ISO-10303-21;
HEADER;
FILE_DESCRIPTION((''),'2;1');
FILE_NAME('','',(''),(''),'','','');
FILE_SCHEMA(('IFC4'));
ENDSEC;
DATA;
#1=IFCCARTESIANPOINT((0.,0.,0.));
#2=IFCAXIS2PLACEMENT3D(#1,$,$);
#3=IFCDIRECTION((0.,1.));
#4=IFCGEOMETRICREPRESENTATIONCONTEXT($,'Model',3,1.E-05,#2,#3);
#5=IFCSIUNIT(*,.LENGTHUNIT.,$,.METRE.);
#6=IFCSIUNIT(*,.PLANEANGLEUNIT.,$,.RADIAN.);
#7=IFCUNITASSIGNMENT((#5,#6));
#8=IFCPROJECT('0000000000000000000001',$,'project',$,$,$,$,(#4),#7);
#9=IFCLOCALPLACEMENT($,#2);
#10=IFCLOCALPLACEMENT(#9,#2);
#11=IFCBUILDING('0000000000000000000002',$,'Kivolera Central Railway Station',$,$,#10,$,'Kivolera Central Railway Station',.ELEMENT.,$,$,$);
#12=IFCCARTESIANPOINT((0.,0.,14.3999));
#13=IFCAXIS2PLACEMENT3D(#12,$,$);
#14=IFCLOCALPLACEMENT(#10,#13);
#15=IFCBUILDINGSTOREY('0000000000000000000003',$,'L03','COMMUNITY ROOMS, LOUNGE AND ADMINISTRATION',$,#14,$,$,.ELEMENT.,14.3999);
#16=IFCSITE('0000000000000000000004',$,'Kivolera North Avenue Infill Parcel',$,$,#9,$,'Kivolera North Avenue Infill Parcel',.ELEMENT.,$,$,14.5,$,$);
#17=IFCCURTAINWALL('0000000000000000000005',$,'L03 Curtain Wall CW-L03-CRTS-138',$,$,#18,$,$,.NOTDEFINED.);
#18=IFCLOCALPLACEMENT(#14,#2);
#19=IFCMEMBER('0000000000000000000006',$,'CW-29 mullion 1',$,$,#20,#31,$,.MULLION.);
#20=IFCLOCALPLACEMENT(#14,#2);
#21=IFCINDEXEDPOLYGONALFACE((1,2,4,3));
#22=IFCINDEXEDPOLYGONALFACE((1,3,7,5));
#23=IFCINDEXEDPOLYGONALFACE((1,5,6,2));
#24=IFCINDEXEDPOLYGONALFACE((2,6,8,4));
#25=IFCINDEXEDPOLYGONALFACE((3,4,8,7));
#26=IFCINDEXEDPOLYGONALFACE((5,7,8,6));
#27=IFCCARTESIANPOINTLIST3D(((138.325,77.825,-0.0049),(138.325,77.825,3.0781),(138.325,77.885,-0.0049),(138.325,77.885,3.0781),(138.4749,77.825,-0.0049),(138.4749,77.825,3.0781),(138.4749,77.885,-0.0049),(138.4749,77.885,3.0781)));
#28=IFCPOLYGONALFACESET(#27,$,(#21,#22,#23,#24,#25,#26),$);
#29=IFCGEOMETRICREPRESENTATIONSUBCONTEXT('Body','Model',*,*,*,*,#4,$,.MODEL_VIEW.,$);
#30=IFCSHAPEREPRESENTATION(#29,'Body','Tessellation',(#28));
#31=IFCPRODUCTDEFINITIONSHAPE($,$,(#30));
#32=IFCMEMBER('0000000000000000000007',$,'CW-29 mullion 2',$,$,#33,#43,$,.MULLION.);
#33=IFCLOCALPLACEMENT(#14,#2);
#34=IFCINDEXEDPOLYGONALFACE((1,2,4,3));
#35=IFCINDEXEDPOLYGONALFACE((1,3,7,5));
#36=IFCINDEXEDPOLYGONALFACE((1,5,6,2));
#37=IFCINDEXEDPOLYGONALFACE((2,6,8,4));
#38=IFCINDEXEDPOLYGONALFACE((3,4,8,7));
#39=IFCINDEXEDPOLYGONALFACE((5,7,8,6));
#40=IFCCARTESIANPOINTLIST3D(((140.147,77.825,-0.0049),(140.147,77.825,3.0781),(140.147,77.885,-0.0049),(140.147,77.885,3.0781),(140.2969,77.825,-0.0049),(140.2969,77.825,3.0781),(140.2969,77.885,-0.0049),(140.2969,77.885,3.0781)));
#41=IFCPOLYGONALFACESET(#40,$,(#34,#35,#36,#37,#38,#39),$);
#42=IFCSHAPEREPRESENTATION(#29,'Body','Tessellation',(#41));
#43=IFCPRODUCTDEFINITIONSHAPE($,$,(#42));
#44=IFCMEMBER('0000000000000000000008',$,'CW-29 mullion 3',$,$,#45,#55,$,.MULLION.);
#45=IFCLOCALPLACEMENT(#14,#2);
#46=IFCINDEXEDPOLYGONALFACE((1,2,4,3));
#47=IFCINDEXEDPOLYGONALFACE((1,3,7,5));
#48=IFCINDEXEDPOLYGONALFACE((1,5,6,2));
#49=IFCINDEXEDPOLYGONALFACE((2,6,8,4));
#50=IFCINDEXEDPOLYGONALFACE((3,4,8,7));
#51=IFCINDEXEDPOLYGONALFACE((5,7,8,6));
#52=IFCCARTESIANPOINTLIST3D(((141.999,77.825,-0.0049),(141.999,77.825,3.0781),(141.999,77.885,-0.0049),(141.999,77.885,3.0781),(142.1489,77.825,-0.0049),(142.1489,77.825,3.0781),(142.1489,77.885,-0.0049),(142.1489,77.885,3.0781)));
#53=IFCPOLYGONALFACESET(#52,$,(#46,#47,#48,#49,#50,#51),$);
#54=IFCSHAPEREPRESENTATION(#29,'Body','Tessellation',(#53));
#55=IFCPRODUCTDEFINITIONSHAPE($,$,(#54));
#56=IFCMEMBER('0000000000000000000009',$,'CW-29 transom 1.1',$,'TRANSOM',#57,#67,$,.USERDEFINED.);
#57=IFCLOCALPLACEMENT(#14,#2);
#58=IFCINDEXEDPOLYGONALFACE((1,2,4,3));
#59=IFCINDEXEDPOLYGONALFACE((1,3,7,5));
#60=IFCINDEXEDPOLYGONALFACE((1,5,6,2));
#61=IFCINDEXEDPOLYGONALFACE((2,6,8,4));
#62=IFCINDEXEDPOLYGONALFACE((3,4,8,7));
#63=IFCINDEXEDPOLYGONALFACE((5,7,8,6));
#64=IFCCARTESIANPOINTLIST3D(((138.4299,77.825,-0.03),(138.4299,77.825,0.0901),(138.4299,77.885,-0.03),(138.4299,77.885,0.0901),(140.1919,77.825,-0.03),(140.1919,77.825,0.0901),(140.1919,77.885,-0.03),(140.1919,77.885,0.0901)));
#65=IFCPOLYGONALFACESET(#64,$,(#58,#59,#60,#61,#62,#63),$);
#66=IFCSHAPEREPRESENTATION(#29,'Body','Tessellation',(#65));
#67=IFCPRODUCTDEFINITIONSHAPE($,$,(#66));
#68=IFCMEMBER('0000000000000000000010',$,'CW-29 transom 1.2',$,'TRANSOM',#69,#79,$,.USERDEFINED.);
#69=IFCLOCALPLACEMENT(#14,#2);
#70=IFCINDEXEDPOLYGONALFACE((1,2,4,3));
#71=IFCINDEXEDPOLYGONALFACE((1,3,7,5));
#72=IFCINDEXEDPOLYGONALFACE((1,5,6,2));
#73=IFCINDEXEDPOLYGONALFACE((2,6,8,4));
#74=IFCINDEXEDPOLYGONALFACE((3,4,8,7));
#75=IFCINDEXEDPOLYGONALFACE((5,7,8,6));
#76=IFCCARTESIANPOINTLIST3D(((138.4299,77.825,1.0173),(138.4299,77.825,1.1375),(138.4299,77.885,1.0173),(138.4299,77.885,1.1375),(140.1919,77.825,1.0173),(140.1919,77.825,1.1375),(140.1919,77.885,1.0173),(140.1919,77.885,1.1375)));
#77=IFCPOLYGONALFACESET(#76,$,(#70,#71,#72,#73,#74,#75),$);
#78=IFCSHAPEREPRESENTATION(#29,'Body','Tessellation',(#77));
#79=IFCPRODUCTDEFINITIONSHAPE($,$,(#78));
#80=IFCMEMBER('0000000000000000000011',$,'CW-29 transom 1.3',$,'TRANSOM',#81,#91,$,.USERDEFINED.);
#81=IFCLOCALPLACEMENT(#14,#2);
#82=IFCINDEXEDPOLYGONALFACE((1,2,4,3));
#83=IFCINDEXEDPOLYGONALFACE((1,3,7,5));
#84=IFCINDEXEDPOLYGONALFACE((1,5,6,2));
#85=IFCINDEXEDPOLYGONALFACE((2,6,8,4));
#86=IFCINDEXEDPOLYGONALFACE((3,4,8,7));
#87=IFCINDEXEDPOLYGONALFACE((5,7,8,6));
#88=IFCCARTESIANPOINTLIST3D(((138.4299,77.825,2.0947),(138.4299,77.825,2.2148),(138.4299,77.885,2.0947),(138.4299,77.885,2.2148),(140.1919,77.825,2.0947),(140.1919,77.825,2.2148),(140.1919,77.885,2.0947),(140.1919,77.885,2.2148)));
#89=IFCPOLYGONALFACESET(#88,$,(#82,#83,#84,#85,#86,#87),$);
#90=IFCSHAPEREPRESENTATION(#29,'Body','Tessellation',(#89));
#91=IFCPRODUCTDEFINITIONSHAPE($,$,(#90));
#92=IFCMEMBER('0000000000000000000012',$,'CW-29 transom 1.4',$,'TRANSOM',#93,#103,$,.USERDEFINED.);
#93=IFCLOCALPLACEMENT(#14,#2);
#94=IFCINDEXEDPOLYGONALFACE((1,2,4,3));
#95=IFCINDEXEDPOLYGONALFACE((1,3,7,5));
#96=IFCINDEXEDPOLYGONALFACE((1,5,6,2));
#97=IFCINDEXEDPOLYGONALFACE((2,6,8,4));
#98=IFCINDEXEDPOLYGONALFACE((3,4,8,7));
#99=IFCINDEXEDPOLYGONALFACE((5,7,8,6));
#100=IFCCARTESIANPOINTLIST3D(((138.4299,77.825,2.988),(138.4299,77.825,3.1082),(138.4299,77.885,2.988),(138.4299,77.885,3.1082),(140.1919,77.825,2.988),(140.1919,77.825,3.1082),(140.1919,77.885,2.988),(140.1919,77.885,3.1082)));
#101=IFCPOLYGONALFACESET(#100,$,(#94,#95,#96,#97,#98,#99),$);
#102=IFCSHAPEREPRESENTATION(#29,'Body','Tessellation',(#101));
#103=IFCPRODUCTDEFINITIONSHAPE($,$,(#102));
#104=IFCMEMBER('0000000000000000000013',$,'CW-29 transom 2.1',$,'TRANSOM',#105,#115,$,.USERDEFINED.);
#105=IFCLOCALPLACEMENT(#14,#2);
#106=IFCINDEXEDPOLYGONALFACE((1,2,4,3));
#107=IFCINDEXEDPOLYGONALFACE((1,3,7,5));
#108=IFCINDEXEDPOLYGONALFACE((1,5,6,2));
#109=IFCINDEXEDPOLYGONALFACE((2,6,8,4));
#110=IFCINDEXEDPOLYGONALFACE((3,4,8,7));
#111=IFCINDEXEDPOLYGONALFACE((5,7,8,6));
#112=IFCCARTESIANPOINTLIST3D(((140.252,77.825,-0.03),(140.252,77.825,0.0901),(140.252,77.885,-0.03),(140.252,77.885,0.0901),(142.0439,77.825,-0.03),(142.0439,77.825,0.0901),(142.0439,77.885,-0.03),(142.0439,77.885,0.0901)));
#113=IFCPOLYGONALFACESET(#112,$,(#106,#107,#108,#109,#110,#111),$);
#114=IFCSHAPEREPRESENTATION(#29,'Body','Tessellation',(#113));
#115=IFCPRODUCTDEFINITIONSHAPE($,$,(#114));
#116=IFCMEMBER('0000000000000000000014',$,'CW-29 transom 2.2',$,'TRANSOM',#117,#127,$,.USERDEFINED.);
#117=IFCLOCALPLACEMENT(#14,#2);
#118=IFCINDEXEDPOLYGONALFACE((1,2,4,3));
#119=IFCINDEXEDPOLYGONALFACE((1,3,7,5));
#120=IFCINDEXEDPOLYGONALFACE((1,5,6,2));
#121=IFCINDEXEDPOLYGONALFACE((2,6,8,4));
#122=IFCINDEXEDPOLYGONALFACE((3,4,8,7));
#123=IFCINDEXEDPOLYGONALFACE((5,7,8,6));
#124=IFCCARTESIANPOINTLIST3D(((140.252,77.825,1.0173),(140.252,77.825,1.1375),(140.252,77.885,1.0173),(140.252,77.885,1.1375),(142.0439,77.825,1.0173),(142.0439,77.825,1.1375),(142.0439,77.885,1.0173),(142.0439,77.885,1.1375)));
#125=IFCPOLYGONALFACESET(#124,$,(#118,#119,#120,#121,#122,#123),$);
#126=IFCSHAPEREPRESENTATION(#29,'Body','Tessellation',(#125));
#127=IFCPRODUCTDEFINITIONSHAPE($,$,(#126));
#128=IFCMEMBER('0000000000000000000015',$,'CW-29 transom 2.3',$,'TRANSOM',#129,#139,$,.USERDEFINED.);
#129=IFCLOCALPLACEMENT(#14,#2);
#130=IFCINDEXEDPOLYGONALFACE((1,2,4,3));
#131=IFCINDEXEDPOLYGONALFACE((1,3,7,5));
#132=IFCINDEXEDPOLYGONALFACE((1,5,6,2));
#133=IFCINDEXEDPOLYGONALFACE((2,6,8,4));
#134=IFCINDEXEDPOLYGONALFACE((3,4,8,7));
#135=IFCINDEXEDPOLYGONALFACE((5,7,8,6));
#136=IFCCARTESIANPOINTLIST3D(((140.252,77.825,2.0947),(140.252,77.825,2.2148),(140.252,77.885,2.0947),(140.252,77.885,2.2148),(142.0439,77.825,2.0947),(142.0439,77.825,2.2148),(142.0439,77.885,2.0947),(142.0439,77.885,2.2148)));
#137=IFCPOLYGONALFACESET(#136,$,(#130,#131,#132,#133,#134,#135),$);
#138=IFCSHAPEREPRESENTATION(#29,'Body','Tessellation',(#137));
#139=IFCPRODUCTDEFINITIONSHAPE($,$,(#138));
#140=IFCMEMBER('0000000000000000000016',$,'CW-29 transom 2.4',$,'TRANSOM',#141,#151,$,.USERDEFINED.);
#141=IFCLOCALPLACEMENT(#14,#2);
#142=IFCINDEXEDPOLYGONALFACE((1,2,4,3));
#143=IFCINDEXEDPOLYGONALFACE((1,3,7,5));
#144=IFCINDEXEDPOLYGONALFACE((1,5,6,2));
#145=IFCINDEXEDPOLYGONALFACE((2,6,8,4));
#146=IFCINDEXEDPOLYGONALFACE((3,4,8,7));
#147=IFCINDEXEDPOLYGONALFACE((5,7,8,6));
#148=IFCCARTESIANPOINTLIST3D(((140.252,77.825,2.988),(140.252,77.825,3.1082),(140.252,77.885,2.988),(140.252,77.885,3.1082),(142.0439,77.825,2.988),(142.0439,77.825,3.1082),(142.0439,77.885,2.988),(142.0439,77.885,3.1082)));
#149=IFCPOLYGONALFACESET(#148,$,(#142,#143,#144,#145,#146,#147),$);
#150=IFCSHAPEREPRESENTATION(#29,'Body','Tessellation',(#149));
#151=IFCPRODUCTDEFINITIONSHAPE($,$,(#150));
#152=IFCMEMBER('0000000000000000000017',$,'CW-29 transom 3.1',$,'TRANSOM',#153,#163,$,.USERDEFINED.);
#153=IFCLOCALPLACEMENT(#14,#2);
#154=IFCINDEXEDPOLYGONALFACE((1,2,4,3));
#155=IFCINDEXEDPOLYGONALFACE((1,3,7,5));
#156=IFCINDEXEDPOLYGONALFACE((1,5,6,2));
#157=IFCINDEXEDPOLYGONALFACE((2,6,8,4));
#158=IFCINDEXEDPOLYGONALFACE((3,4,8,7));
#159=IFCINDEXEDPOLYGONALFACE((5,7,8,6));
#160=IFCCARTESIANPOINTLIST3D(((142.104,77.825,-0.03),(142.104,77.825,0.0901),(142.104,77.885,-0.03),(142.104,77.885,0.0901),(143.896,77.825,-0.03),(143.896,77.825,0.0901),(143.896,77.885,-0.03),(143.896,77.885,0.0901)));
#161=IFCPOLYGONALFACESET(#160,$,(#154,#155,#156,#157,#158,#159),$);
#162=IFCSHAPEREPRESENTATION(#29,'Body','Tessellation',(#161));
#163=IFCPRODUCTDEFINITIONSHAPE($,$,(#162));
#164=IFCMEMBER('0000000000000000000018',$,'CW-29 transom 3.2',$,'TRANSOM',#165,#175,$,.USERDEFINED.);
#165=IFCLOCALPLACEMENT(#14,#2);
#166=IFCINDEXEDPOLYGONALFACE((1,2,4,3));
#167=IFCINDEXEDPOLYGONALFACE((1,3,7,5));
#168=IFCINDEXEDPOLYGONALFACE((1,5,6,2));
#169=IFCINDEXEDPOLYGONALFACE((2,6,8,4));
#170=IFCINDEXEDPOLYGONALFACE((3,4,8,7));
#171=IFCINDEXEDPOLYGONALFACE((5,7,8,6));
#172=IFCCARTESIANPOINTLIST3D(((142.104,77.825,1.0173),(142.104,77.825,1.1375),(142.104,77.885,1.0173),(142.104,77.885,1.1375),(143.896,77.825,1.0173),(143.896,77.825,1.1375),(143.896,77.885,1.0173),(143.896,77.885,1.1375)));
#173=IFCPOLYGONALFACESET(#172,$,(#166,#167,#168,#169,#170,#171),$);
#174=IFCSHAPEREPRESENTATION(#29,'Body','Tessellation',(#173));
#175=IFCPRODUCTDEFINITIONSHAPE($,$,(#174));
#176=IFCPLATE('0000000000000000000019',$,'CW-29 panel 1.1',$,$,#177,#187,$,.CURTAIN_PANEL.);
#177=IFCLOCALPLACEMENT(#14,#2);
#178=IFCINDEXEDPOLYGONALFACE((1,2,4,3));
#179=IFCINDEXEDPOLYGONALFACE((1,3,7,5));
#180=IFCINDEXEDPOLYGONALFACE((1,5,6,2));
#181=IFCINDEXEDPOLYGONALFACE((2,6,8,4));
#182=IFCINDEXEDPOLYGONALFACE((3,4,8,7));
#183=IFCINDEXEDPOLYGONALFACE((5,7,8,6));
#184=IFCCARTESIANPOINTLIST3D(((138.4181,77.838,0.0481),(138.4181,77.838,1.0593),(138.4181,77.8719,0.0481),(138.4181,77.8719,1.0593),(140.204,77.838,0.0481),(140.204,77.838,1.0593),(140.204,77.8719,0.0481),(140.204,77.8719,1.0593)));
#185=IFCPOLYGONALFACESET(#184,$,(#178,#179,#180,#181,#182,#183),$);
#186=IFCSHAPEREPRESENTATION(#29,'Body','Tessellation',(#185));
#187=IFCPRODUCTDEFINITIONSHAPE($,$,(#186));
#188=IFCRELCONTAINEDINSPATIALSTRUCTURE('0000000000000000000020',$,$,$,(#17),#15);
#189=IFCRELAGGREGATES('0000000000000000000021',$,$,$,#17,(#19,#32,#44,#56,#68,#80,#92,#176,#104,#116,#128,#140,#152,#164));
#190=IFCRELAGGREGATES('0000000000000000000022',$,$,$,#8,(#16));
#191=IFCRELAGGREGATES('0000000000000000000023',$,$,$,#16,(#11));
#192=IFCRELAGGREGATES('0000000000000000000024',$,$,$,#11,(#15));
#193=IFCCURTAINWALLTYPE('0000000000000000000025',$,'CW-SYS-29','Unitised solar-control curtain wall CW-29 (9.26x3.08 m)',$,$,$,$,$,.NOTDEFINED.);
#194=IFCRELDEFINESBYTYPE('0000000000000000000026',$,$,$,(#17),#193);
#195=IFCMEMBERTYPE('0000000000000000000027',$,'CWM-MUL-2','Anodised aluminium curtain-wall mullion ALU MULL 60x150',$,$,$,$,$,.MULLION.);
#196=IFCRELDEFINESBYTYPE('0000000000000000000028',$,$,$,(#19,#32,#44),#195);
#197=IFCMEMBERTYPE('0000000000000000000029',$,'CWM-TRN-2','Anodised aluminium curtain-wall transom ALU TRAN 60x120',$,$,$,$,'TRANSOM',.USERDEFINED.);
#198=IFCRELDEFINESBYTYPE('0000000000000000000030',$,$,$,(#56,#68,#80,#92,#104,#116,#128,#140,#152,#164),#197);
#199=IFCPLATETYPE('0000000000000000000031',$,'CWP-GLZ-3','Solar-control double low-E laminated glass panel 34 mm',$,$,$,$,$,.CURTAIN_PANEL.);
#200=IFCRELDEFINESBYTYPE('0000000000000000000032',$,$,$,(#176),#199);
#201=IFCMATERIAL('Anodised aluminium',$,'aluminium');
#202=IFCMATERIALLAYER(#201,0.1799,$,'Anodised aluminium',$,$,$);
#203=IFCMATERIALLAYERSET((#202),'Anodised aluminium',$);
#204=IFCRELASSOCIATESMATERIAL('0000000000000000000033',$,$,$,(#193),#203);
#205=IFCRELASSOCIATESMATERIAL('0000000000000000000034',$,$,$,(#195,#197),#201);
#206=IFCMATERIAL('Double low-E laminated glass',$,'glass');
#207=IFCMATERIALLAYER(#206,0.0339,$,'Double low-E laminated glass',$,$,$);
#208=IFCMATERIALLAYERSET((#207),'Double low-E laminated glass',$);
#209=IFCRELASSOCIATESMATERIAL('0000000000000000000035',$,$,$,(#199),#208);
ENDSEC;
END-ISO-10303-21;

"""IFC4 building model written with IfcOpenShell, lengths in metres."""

from ifc_helpers import new_model, si_unit, direction, frame, origin, origin_2d, place, context, subcontext, project, spatial, rectangle, extrude, material, layer, layer_set, material_profile, profile_set, type_object, element, aggregate, save


model = new_model("IFC4")

# Units and contexts
model_context = context("Model", 3, precision=1e-05, world=origin(), true_north=direction((0.0, 1.0)))
body_context = subcontext(model_context, "Body", "Model", "MODEL_VIEW")
ifc_project = project(units=[si_unit("LENGTHUNIT", "METRE"), si_unit("PLANEANGLEUNIT", "RADIAN")], contexts=[model_context])

# Site, building, storey
site_placement = place(None, origin())
site = spatial("IfcSite", under=ifc_project, at=site_placement, Name="Kivolera North Avenue Infill Parcel", LongName="Kivolera North Avenue Infill Parcel", CompositionType="ELEMENT", RefElevation=14.5)
building_placement = place(site_placement, origin())
building = spatial("IfcBuilding", under=site, at=building_placement, Name="Kivolera Central Railway Station", LongName="Kivolera Central Railway Station", CompositionType="ELEMENT")
storey_placement = place(building_placement, frame((0.0, 0.0, 14.3999)))
storey = spatial("IfcBuildingStorey", under=building, at=storey_placement, Name="L03", Description="COMMUNITY ROOMS, LOUNGE AND ADMINISTRATION", CompositionType="ELEMENT", Elevation=14.3999)

# Curtain wall, members, plate
ifc_material_1 = material(Name="Anodised aluminium", Category="aluminium")
ifc_layer_1 = layer(ifc_material_1, 0.1799, Name="Anodised aluminium")
ifc_layer_set_1 = layer_set([ifc_layer_1], Name="Anodised aluminium")
curtain_wall_type = type_object("IfcCurtainWallType", Name="CW-SYS-29", Description="Unitised solar-control curtain wall CW-29 (9.26x3.08 m)", PredefinedType="NOTDEFINED", material=ifc_layer_set_1)
curtain_wall_placement = place(storey_placement, origin())
curtain_wall = element("IfcCurtainWall", 1, at=curtain_wall_placement, inside=storey, type_object=curtain_wall_type, Name="L03 Curtain Wall CW-L03-CRTS-138", PredefinedType="NOTDEFINED")
ifc_material_profile_1 = material_profile(ifc_material_1, rectangle(XDim=0.0601, YDim=0.1499, at=origin_2d()), Name="ALU MULL 60x150")
ifc_profile_set_1 = profile_set([ifc_material_profile_1], Name="Anodised aluminium")
member_type_1 = type_object("IfcMemberType", Name="CWM-MUL-2", Description="Anodised aluminium curtain-wall mullion ALU MULL 60x150", PredefinedType="MULLION", material=ifc_profile_set_1)
member_1_placement = place(storey_placement, frame((138.3999, 77.855, -0.0049), z_axis=(0.0, 0.0, 1.0), x_axis=(0.0, 1.0, 0.0)))
member_1 = element("IfcMember", 2, at=member_1_placement, type_object=member_type_1, Name="CW-29 mullion 1", PredefinedType="MULLION", context=body_context, shape_type="SweptSolid", body=[
    extrude(rectangle(XDim=0.0601, YDim=0.1499, at=origin_2d()), origin(), (0.0, 0.0, 1.0), 3.083),
])
member_2_placement = place(storey_placement, frame((140.2219, 77.855, -0.0049), z_axis=(0.0, 0.0, 1.0), x_axis=(0.0, 1.0, 0.0)))
member_2 = element("IfcMember", 3, at=member_2_placement, type_object=member_type_1, Name="CW-29 mullion 2", PredefinedType="MULLION", context=body_context, shape_type="SweptSolid", body=[
    extrude(rectangle(XDim=0.0601, YDim=0.1499, at=origin_2d()), origin(), (0.0, 0.0, 1.0), 3.083),
])
member_3_placement = place(storey_placement, frame((142.074, 77.855, -0.0049), z_axis=(0.0, 0.0, 1.0), x_axis=(0.0, 1.0, 0.0)))
member_3 = element("IfcMember", 4, at=member_3_placement, type_object=member_type_1, Name="CW-29 mullion 3", PredefinedType="MULLION", context=body_context, shape_type="SweptSolid", body=[
    extrude(rectangle(XDim=0.0601, YDim=0.1499, at=origin_2d()), origin(), (0.0, 0.0, 1.0), 3.083),
])
ifc_material_profile_2 = material_profile(ifc_material_1, rectangle(XDim=0.0601, YDim=0.1201, at=origin_2d()), Name="ALU TRAN 60x120")
ifc_profile_set_2 = profile_set([ifc_material_profile_2], Name="Anodised aluminium")
member_type_2 = type_object("IfcMemberType", Name="CWM-TRN-2", Description="Anodised aluminium curtain-wall transom ALU TRAN 60x120", ElementType="TRANSOM", PredefinedType="USERDEFINED", material=ifc_profile_set_2)
member_4_placement = place(storey_placement, frame((138.4299, 77.855, 0.03), z_axis=(1.0, 0.0, 0.0), x_axis=(0.0, 1.0, 0.0)))
member_4 = element("IfcMember", 5, at=member_4_placement, type_object=member_type_2, Name="CW-29 transom 1.1", ObjectType="TRANSOM", PredefinedType="USERDEFINED", context=body_context, shape_type="SweptSolid", body=[
    extrude(rectangle(XDim=0.0601, YDim=0.1201, at=origin_2d()), origin(), (0.0, 0.0, 1.0), 1.762),
])
member_5_placement = place(storey_placement, frame((138.4299, 77.855, 1.0774), z_axis=(1.0, 0.0, 0.0), x_axis=(0.0, 1.0, 0.0)))
member_5 = element("IfcMember", 6, at=member_5_placement, type_object=member_type_2, Name="CW-29 transom 1.2", ObjectType="TRANSOM", PredefinedType="USERDEFINED", context=body_context, shape_type="SweptSolid", body=[
    extrude(rectangle(XDim=0.0601, YDim=0.1201, at=origin_2d()), origin(), (0.0, 0.0, 1.0), 1.762),
])
member_6_placement = place(storey_placement, frame((138.4299, 77.855, 2.1548), z_axis=(1.0, 0.0, 0.0), x_axis=(0.0, 1.0, 0.0)))
member_6 = element("IfcMember", 7, at=member_6_placement, type_object=member_type_2, Name="CW-29 transom 1.3", ObjectType="TRANSOM", PredefinedType="USERDEFINED", context=body_context, shape_type="SweptSolid", body=[
    extrude(rectangle(XDim=0.0601, YDim=0.1201, at=origin_2d()), origin(), (0.0, 0.0, 1.0), 1.762),
])
member_7_placement = place(storey_placement, frame((138.4299, 77.855, 3.0481), z_axis=(1.0, 0.0, 0.0), x_axis=(0.0, 1.0, 0.0)))
member_7 = element("IfcMember", 8, at=member_7_placement, type_object=member_type_2, Name="CW-29 transom 1.4", ObjectType="TRANSOM", PredefinedType="USERDEFINED", context=body_context, shape_type="SweptSolid", body=[
    extrude(rectangle(XDim=0.0601, YDim=0.1201, at=origin_2d()), origin(), (0.0, 0.0, 1.0), 1.762),
])
member_8_placement = place(storey_placement, frame((140.252, 77.855, 0.03), z_axis=(1.0, 0.0, 0.0), x_axis=(0.0, 1.0, 0.0)))
member_8 = element("IfcMember", 9, at=member_8_placement, type_object=member_type_2, Name="CW-29 transom 2.1", ObjectType="TRANSOM", PredefinedType="USERDEFINED", context=body_context, shape_type="SweptSolid", body=[
    extrude(rectangle(XDim=0.0601, YDim=0.1201, at=origin_2d()), origin(), (0.0, 0.0, 1.0), 1.792),
])
member_9_placement = place(storey_placement, frame((140.252, 77.855, 1.0774), z_axis=(1.0, 0.0, 0.0), x_axis=(0.0, 1.0, 0.0)))
member_9 = element("IfcMember", 10, at=member_9_placement, type_object=member_type_2, Name="CW-29 transom 2.2", ObjectType="TRANSOM", PredefinedType="USERDEFINED", context=body_context, shape_type="SweptSolid", body=[
    extrude(rectangle(XDim=0.0601, YDim=0.1201, at=origin_2d()), origin(), (0.0, 0.0, 1.0), 1.792),
])
member_10_placement = place(storey_placement, frame((140.252, 77.855, 2.1548), z_axis=(1.0, 0.0, 0.0), x_axis=(0.0, 1.0, 0.0)))
member_10 = element("IfcMember", 11, at=member_10_placement, type_object=member_type_2, Name="CW-29 transom 2.3", ObjectType="TRANSOM", PredefinedType="USERDEFINED", context=body_context, shape_type="SweptSolid", body=[
    extrude(rectangle(XDim=0.0601, YDim=0.1201, at=origin_2d()), origin(), (0.0, 0.0, 1.0), 1.792),
])
member_11_placement = place(storey_placement, frame((140.252, 77.855, 3.0481), z_axis=(1.0, 0.0, 0.0), x_axis=(0.0, 1.0, 0.0)))
member_11 = element("IfcMember", 12, at=member_11_placement, type_object=member_type_2, Name="CW-29 transom 2.4", ObjectType="TRANSOM", PredefinedType="USERDEFINED", context=body_context, shape_type="SweptSolid", body=[
    extrude(rectangle(XDim=0.0601, YDim=0.1201, at=origin_2d()), origin(), (0.0, 0.0, 1.0), 1.792),
])
member_12_placement = place(storey_placement, frame((142.104, 77.855, 0.03), z_axis=(1.0, 0.0, 0.0), x_axis=(0.0, 1.0, 0.0)))
member_12 = element("IfcMember", 13, at=member_12_placement, type_object=member_type_2, Name="CW-29 transom 3.1", ObjectType="TRANSOM", PredefinedType="USERDEFINED", context=body_context, shape_type="SweptSolid", body=[
    extrude(rectangle(XDim=0.0601, YDim=0.1201, at=origin_2d()), origin(), (0.0, 0.0, 1.0), 1.792),
])
member_13_placement = place(storey_placement, frame((142.104, 77.855, 1.0774), z_axis=(1.0, 0.0, 0.0), x_axis=(0.0, 1.0, 0.0)))
member_13 = element("IfcMember", 14, at=member_13_placement, type_object=member_type_2, Name="CW-29 transom 3.2", ObjectType="TRANSOM", PredefinedType="USERDEFINED", context=body_context, shape_type="SweptSolid", body=[
    extrude(rectangle(XDim=0.0601, YDim=0.1201, at=origin_2d()), origin(), (0.0, 0.0, 1.0), 1.792),
])
ifc_material_2 = material(Name="Double low-E laminated glass", Category="glass")
ifc_layer_2 = layer(ifc_material_2, 0.0339, Name="Double low-E laminated glass")
ifc_layer_set_2 = layer_set([ifc_layer_2], Name="Double low-E laminated glass")
plate_type = type_object("IfcPlateType", Name="CWP-GLZ-3", Description="Solar-control double low-E laminated glass panel 34 mm", PredefinedType="CURTAIN_PANEL", material=ifc_layer_set_2)
plate_1_placement = place(storey_placement, frame((139.311, 77.855, 0.0481), z_axis=(0.0, 0.0, 1.0), x_axis=(1.0, 0.0, 0.0)))
plate_1 = element("IfcPlate", 15, at=plate_1_placement, type_object=plate_type, Name="CW-29 panel 1.1", PredefinedType="CURTAIN_PANEL", context=body_context, shape_type="SweptSolid", body=[
    extrude(rectangle(XDim=1.7859, YDim=0.0339, at=origin_2d()), origin(), (0.0, 0.0, 1.0), 1.0112),
])
aggregate(curtain_wall, [member_1, member_2, member_3, member_4, member_5, member_6, member_7, plate_1, member_8, member_9, member_10, member_11, member_12, member_13])

save(model, "model.ifc")
